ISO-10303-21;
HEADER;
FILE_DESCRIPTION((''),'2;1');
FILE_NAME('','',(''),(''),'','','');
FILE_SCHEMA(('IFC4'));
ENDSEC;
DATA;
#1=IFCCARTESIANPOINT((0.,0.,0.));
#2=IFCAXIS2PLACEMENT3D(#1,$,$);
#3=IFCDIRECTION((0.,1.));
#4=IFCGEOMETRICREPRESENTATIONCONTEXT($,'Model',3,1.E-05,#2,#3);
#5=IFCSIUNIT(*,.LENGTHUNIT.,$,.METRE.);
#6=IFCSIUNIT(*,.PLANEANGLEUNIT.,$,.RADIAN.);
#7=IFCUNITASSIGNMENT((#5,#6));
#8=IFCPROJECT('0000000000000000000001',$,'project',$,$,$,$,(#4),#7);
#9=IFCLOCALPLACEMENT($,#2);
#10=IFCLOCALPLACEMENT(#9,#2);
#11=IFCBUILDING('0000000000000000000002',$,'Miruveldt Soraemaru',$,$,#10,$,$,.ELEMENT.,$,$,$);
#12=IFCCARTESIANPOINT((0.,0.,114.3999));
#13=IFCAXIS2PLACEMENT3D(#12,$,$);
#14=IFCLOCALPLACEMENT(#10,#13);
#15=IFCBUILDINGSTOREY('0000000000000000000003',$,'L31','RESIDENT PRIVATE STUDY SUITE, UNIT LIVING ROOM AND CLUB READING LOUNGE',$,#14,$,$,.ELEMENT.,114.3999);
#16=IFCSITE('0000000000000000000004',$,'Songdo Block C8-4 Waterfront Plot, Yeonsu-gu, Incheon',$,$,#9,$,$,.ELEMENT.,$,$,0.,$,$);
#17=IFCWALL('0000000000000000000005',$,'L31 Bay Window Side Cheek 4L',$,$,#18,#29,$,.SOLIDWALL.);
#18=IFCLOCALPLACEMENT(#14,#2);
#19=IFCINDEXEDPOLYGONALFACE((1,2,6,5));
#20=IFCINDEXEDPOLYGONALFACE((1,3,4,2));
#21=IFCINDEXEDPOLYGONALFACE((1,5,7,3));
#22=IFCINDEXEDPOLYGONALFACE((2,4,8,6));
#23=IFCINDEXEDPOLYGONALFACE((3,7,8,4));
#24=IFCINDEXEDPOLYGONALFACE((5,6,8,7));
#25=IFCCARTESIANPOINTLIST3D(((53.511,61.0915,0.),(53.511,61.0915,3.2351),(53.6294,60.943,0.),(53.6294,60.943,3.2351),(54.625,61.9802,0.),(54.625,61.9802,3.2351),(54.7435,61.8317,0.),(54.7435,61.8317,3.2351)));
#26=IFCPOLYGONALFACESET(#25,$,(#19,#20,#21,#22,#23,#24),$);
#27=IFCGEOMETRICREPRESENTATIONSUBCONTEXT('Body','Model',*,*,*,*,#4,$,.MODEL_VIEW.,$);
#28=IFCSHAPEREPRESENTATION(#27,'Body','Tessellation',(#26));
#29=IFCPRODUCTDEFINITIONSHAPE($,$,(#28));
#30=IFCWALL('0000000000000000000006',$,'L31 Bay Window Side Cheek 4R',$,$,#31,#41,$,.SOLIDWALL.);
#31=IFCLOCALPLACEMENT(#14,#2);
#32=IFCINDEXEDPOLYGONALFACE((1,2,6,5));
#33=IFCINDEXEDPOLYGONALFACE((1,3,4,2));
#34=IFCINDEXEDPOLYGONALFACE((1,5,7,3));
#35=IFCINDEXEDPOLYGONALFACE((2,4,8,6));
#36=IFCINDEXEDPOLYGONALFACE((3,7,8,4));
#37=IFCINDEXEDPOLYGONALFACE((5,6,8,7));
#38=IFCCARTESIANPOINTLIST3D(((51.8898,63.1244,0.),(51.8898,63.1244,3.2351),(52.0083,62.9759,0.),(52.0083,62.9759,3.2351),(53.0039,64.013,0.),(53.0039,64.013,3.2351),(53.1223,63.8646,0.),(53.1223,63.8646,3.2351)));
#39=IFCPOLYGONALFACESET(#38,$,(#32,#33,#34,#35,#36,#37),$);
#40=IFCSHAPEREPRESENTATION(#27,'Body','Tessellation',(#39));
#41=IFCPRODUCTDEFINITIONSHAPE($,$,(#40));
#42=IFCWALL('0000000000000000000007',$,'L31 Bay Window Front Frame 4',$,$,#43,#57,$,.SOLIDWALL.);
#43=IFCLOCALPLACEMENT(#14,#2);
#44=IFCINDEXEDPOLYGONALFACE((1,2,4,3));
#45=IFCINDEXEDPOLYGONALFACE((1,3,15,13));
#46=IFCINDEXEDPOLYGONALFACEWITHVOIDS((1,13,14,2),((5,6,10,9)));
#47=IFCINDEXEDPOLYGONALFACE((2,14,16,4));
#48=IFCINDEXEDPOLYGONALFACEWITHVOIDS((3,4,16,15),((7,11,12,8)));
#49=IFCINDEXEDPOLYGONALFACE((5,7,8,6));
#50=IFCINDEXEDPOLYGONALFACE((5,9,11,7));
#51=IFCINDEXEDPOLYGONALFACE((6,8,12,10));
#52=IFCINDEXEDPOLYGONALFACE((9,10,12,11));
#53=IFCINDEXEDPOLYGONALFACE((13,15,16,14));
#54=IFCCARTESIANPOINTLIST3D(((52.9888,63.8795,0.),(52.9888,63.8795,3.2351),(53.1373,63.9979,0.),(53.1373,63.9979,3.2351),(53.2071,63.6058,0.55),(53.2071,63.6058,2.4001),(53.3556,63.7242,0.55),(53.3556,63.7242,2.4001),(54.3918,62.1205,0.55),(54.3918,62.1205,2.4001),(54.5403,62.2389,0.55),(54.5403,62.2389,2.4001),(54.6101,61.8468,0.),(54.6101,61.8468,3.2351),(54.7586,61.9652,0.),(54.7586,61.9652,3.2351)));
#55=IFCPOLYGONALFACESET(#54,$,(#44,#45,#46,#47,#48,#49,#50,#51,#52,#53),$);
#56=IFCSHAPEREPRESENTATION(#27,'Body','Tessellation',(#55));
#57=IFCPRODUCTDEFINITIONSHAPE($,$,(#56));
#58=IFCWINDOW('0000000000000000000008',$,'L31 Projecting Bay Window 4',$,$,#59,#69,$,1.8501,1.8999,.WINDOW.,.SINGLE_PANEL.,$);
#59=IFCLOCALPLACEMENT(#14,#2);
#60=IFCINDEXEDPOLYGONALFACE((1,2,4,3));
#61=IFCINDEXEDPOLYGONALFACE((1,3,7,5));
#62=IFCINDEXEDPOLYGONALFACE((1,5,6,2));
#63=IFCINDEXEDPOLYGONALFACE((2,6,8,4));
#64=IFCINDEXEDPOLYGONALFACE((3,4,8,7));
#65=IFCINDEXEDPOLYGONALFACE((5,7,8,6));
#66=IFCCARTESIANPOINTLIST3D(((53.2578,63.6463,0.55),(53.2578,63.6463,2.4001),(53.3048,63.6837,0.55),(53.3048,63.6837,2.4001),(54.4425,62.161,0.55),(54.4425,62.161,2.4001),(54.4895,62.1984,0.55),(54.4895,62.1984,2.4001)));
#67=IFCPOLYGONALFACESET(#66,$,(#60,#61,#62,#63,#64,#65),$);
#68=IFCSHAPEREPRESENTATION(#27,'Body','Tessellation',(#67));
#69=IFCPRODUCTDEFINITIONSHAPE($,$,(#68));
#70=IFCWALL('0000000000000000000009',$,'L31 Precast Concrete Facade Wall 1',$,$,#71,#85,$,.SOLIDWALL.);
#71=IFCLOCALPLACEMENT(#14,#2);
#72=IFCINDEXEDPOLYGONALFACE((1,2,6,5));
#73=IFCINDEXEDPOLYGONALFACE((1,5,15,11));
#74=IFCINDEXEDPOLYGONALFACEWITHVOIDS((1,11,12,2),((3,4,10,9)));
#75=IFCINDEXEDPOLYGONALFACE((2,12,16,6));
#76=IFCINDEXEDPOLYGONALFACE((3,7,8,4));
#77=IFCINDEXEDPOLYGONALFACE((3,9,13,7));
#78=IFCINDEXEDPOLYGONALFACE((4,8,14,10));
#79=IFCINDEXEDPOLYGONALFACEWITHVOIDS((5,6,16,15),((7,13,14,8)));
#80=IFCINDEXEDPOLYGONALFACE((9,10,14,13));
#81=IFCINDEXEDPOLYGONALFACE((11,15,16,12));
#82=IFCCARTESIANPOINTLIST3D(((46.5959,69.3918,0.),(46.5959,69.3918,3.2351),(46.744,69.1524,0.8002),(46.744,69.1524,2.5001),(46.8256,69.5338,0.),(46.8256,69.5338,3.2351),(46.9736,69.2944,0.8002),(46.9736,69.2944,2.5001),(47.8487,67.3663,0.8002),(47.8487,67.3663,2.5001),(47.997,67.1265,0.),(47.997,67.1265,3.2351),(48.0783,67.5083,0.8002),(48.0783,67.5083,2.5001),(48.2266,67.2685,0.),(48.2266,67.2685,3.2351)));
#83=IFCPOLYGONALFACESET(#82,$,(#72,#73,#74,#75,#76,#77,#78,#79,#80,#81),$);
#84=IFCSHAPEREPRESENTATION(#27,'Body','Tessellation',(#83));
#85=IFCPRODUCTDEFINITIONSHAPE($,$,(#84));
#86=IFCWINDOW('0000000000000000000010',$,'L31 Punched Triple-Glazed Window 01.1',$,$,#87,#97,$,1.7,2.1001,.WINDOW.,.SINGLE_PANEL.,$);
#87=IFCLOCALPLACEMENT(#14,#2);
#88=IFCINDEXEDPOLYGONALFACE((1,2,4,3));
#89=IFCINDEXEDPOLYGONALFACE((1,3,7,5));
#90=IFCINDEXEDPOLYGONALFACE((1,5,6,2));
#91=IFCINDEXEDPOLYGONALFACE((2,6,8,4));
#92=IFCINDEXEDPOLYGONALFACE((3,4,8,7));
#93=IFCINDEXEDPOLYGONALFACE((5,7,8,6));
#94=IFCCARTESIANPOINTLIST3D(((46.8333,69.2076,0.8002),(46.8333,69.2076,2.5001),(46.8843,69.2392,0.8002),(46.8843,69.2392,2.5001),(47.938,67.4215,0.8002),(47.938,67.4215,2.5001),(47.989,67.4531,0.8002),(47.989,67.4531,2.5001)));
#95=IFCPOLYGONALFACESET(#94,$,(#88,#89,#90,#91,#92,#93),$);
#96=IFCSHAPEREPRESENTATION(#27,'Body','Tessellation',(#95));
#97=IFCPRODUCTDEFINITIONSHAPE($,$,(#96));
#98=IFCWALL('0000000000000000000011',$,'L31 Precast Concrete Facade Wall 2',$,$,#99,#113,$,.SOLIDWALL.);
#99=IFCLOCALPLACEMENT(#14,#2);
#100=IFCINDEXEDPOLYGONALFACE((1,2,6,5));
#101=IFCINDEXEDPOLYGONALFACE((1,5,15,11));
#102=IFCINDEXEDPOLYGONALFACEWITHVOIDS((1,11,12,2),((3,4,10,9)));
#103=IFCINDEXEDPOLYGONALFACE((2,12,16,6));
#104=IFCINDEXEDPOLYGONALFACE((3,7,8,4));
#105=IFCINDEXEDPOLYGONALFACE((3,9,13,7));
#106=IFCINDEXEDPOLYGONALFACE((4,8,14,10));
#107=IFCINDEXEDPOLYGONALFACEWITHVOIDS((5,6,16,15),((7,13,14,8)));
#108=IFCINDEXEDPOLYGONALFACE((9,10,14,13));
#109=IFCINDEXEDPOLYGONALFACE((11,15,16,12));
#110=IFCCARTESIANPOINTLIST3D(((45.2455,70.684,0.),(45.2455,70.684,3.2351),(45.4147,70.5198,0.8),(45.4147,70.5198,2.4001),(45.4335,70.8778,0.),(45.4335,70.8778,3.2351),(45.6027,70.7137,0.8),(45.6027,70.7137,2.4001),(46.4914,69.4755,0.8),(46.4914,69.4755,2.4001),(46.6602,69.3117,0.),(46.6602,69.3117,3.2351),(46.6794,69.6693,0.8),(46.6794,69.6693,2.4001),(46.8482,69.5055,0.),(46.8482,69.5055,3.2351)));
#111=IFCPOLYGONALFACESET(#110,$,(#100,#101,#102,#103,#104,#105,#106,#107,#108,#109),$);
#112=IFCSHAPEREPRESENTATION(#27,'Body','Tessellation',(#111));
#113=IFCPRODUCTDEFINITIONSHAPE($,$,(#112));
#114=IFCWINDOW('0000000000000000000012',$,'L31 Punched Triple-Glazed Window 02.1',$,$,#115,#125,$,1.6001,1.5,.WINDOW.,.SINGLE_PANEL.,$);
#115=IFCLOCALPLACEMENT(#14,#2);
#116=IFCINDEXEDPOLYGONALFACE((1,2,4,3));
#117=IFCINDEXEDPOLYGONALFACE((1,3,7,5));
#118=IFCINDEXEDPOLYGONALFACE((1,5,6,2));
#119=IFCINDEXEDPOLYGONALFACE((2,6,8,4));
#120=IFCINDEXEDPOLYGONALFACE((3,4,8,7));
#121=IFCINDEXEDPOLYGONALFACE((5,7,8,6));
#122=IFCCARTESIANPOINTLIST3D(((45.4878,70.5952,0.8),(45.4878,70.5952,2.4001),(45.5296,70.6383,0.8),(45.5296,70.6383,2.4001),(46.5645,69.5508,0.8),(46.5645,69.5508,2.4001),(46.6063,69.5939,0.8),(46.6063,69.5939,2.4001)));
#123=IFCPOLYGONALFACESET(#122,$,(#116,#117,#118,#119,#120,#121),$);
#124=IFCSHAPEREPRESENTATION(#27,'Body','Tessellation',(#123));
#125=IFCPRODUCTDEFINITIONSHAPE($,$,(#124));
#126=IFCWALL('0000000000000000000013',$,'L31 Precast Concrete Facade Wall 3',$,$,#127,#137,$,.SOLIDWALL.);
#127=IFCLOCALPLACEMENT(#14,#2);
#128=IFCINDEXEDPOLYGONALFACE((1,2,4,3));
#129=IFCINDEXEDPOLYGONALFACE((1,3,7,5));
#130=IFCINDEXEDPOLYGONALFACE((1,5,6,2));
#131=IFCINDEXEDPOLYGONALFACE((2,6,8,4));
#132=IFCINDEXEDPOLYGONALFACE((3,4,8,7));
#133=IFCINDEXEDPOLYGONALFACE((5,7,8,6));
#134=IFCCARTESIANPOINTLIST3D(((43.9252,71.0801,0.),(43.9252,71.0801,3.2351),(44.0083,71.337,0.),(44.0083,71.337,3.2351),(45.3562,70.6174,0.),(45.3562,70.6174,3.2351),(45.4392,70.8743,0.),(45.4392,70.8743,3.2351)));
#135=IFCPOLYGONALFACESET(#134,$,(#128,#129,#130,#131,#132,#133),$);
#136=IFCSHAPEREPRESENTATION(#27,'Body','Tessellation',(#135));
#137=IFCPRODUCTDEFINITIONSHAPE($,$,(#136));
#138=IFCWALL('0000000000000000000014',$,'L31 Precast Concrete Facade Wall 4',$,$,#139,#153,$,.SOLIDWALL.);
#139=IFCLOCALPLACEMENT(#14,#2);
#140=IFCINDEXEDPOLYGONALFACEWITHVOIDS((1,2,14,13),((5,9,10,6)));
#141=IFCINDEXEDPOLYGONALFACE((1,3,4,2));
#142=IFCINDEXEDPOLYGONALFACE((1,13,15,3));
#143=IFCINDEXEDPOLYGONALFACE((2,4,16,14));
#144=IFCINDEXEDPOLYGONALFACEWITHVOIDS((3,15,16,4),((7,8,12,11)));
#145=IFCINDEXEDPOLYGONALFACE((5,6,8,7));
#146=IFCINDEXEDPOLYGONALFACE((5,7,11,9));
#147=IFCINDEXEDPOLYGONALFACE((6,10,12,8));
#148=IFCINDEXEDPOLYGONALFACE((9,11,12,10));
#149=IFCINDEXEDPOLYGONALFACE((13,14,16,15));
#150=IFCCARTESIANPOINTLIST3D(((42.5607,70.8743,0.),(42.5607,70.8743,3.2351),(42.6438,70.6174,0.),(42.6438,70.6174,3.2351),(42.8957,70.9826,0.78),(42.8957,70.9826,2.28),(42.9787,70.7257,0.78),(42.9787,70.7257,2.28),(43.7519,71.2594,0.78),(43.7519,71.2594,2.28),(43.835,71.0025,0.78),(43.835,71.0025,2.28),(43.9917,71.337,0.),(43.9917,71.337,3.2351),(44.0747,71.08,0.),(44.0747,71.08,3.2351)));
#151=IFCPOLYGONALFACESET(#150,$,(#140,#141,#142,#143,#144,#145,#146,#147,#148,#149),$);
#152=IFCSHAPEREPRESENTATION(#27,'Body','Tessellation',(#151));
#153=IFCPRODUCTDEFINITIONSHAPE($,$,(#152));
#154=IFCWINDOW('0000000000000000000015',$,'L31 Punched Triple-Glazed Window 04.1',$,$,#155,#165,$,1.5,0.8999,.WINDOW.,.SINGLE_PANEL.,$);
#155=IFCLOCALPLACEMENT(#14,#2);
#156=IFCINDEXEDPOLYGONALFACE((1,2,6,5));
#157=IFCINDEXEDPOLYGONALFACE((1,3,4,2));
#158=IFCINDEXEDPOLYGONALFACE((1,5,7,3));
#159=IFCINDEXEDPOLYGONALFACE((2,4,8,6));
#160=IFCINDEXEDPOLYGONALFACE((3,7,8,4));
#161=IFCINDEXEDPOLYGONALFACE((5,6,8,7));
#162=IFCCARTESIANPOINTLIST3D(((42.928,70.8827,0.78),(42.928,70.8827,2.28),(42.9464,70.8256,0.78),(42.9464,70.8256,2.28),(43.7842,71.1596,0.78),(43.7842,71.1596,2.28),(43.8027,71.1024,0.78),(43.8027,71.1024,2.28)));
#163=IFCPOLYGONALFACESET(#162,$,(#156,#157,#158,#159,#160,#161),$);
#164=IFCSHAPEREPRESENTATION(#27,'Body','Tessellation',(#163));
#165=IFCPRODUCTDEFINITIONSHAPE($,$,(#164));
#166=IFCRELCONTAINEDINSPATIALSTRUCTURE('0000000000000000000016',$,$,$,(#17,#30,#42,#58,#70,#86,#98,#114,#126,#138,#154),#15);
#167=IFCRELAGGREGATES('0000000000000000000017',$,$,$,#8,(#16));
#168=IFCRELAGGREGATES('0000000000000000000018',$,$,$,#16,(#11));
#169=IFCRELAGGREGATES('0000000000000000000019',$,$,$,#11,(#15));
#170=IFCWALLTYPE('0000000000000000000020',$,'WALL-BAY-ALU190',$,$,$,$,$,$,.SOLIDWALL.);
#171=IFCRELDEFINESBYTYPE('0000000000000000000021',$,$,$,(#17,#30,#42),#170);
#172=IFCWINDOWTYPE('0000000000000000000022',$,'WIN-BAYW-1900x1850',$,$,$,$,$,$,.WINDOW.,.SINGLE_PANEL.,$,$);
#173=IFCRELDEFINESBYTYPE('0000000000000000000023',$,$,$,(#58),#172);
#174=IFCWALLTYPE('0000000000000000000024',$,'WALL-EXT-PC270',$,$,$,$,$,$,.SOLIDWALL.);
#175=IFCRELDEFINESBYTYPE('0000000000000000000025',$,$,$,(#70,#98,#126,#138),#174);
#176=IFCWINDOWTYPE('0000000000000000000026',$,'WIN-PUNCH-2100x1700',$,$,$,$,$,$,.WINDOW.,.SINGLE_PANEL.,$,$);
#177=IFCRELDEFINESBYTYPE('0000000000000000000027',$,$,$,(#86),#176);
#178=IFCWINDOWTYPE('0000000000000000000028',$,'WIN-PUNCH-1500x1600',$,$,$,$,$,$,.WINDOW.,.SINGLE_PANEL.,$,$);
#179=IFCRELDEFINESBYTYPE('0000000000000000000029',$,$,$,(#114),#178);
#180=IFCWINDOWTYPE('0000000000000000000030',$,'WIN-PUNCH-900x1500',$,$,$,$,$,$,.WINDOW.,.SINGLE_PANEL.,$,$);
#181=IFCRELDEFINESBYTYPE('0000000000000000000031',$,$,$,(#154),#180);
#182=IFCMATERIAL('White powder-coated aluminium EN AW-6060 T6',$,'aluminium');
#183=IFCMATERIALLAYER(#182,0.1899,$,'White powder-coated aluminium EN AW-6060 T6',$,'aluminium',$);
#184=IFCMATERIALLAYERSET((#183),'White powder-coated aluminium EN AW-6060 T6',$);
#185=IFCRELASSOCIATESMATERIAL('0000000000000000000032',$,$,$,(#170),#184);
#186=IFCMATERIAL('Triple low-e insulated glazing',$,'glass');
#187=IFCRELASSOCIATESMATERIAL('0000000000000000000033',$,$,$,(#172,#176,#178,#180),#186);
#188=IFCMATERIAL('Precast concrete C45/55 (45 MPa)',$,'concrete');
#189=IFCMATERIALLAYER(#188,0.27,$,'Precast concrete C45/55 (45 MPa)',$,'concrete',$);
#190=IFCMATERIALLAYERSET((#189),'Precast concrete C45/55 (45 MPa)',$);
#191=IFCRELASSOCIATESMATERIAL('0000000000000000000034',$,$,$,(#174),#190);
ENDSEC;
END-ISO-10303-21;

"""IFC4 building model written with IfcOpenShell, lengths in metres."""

from ifc_helpers import new_model, si_unit, direction, frame, frame_2d, origin, place, context, subcontext, project, spatial, rectangle, extrude, material, layer, layer_set, type_object, element, fill, save


model = new_model("IFC4")

# Units and contexts
model_context = context("Model", 3, precision=1e-05, world=origin(), true_north=direction((0.0, 1.0)))
body_context = subcontext(model_context, "Body", "Model", "MODEL_VIEW")
ifc_project = project(units=[si_unit("LENGTHUNIT", "METRE"), si_unit("PLANEANGLEUNIT", "RADIAN")], contexts=[model_context])

# Site, building, storey
site_placement = place(None, origin())
site = spatial("IfcSite", under=ifc_project, at=site_placement, Name="Songdo Block C8-4 Waterfront Plot, Yeonsu-gu, Incheon", CompositionType="ELEMENT", RefElevation=0.0)
building_placement = place(site_placement, origin())
building = spatial("IfcBuilding", under=site, at=building_placement, Name="Miruveldt Soraemaru", CompositionType="ELEMENT")
storey_placement = place(building_placement, frame((0.0, 0.0, 114.3999)))
storey = spatial("IfcBuildingStorey", under=building, at=storey_placement, Name="L31", Description="RESIDENT PRIVATE STUDY SUITE, UNIT LIVING ROOM AND CLUB READING LOUNGE", CompositionType="ELEMENT", Elevation=114.3999)

# Walls
ifc_material_1 = material(Name="White powder-coated aluminium EN AW-6060 T6", Category="aluminium")
ifc_layer_1 = layer(ifc_material_1, 0.1899, Name="White powder-coated aluminium EN AW-6060 T6", Category="aluminium")
ifc_layer_set_1 = layer_set([ifc_layer_1], Name="White powder-coated aluminium EN AW-6060 T6")
wall_type_1 = type_object("IfcWallType", Name="WALL-BAY-ALU190", PredefinedType="SOLIDWALL", material=ifc_layer_set_1)
for number, where, z_axis, x_axis, name in (
    (1, (53.5703, 61.0173, 0.0), (0.0, 0.0, 1.0), (0.781737, 0.623608, 0.0), "L31 Bay Window Side Cheek 4L"),
    (2, (53.063, 63.9387, 0.0), (0.0, 0.0, 1.0), (-0.781737, -0.623608, 0.0), "L31 Bay Window Side Cheek 4R"),
):
    element("IfcWall", number, at=place(storey_placement, frame(where, z_axis=z_axis, x_axis=x_axis)), inside=storey, type_object=wall_type_1, Name=name, PredefinedType="SOLIDWALL", context=body_context, shape_type="SweptSolid", body=[
        extrude(rectangle(XDim=1.425, YDim=0.1899, at=frame_2d((0.7124, 0.0))), origin(), (0.0, 0.0, 1.0), 3.2351),
    ])

# Walls, openings, windows
wall_1_placement = place(storey_placement, frame((54.6843, 61.906, 0.0), z_axis=(0.0, 0.0, 1.0), x_axis=(-0.623561, 0.781775, 0.0)))
wall_1 = element("IfcWall", 3, at=wall_1_placement, inside=storey, type_object=wall_type_1, Name="L31 Bay Window Front Frame 4", PredefinedType="SOLIDWALL", context=body_context, shape_type="SweptSolid", body=[
    extrude(rectangle(XDim=2.6001, YDim=0.1899, at=frame_2d((1.3, 0.0))), origin(), (0.0, 0.0, 1.0), 3.2351),
])
opening_1_placement = place(wall_1_placement, frame((0.3501, 0.0, 0.55)))
opening_1 = element("IfcOpeningElement", 4, at=opening_1_placement, cuts=wall_1, PredefinedType="OPENING", context=body_context, shape_type="SweptSolid", body=[
    extrude(rectangle(XDim=1.8999, YDim=1.8501, at=frame_2d((0.95, 0.925))), frame((0.0, 0.105, 0.0), z_axis=(0.0, -1.0, 0.0), x_axis=(1.0, 0.0, 0.0)), (0.0, 0.0, 1.0), 0.21),
])
ifc_material_2 = material(Name="Triple low-e insulated glazing", Category="glass")
window_type_1 = type_object("IfcWindowType", Name="WIN-BAYW-1900x1850", PartitioningType="SINGLE_PANEL", PredefinedType="WINDOW", material=ifc_material_2)
window_1_placement = place(opening_1_placement, origin())
window_1 = element("IfcWindow", 5, at=window_1_placement, inside=storey, type_object=window_type_1, Name="L31 Projecting Bay Window 4", OverallHeight=1.8501, OverallWidth=1.8999, PartitioningType="SINGLE_PANEL", PredefinedType="WINDOW", context=body_context, shape_type="SweptSolid", body=[
    extrude(rectangle(XDim=1.8999, YDim=1.8501, at=frame_2d((0.95, 0.925))), frame((0.0, 0.03, 0.0), z_axis=(0.0, -1.0, 0.0), x_axis=(1.0, 0.0, 0.0)), (0.0, 0.0, 1.0), 0.0601),
])
fill(opening_1, window_1)
ifc_material_3 = material(Name="Precast concrete C45/55 (45 MPa)", Category="concrete")
ifc_layer_2 = layer(ifc_material_3, 0.27, Name="Precast concrete C45/55 (45 MPa)", Category="concrete")
ifc_layer_set_2 = layer_set([ifc_layer_2], Name="Precast concrete C45/55 (45 MPa)")
wall_type_2 = type_object("IfcWallType", Name="WALL-EXT-PC270", PredefinedType="SOLIDWALL", material=ifc_layer_set_2)
wall_2_placement = place(storey_placement, frame((48.1118, 67.1975, 0.0), z_axis=(0.0, 0.0, 1.0), x_axis=(-0.526014, 0.850476, 0.0)))
wall_2 = element("IfcWall", 6, at=wall_2_placement, inside=storey, type_object=wall_type_2, Name="L31 Precast Concrete Facade Wall 1", PredefinedType="SOLIDWALL", context=body_context, shape_type="SweptSolid", body=[
    extrude(rectangle(XDim=2.6636, YDim=0.27, at=frame_2d((1.3318, 0.0))), origin(), (0.0, 0.0, 1.0), 3.2351),
])
opening_2_placement = place(wall_2_placement, frame((0.282, 0.0, 0.8)))
opening_2 = element("IfcOpeningElement", 7, at=opening_2_placement, cuts=wall_2, PredefinedType="OPENING", context=body_context, shape_type="SweptSolid", body=[
    extrude(rectangle(XDim=2.1001, YDim=1.7, at=frame_2d((1.05, 0.8501))), frame((0.0, 0.145, 0.0), z_axis=(0.0, -1.0, 0.0), x_axis=(1.0, 0.0, 0.0)), (0.0, 0.0, 1.0), 0.29),
])
window_type_2 = type_object("IfcWindowType", Name="WIN-PUNCH-2100x1700", PartitioningType="SINGLE_PANEL", PredefinedType="WINDOW", material=ifc_material_2)
window_2_placement = place(opening_2_placement, origin())
window_2 = element("IfcWindow", 8, at=window_2_placement, inside=storey, type_object=window_type_2, Name="L31 Punched Triple-Glazed Window 01.1", OverallHeight=1.7, OverallWidth=2.1001, PartitioningType="SINGLE_PANEL", PredefinedType="WINDOW", context=body_context, shape_type="SweptSolid", body=[
    extrude(rectangle(XDim=2.1001, YDim=1.7, at=frame_2d((1.05, 0.8501))), frame((0.0, 0.03, 0.0), z_axis=(0.0, -1.0, 0.0), x_axis=(1.0, 0.0, 0.0)), (0.0, 0.0, 1.0), 0.0601),
])
fill(opening_2, window_2)
wall_3_placement = place(storey_placement, frame((46.7542, 69.4087, 0.0), z_axis=(0.0, 0.0, 1.0), x_axis=(-0.717801, 0.696248, 0.0)))
wall_3 = element("IfcWall", 9, at=wall_3_placement, inside=storey, type_object=wall_type_2, Name="L31 Precast Concrete Facade Wall 2", PredefinedType="SOLIDWALL", context=body_context, shape_type="SweptSolid", body=[
    extrude(rectangle(XDim=1.9709, YDim=0.27, at=frame_2d((0.9854, 0.0))), origin(), (0.0, 0.0, 1.0), 3.2351),
])
opening_3_placement = place(wall_3_placement, frame((0.2351, 0.0, 0.8)))
opening_3 = element("IfcOpeningElement", 10, at=opening_3_placement, cuts=wall_3, PredefinedType="OPENING", context=body_context, shape_type="SweptSolid", body=[
    extrude(rectangle(XDim=1.5, YDim=1.6001, at=frame_2d((0.75, 0.8))), frame((0.0, 0.145, 0.0), z_axis=(0.0, -1.0, 0.0), x_axis=(1.0, 0.0, 0.0)), (0.0, 0.0, 1.0), 0.29),
])
window_type_3 = type_object("IfcWindowType", Name="WIN-PUNCH-1500x1600", PartitioningType="SINGLE_PANEL", PredefinedType="WINDOW", material=ifc_material_2)
window_3_placement = place(opening_3_placement, origin())
window_3 = element("IfcWindow", 11, at=window_3_placement, inside=storey, type_object=window_type_3, Name="L31 Punched Triple-Glazed Window 02.1", OverallHeight=1.6001, OverallWidth=1.5, PartitioningType="SINGLE_PANEL", PredefinedType="WINDOW", context=body_context, shape_type="SweptSolid", body=[
    extrude(rectangle(XDim=1.5, YDim=1.6001, at=frame_2d((0.75, 0.8))), frame((0.0, 0.03, 0.0), z_axis=(0.0, -1.0, 0.0), x_axis=(1.0, 0.0, 0.0)), (0.0, 0.0, 1.0), 0.0601),
])
fill(opening_3, window_3)

# Wall
wall_4_placement = place(storey_placement, frame((45.3977, 70.7458, 0.0), z_axis=(0.0, 0.0, 1.0), x_axis=(-0.951502, 0.307643, 0.0)))
element("IfcWall", 12, at=wall_4_placement, inside=storey, type_object=wall_type_2, Name="L31 Precast Concrete Facade Wall 3", PredefinedType="SOLIDWALL", context=body_context, shape_type="SweptSolid", body=[
    extrude(rectangle(XDim=1.5039, YDim=0.27, at=frame_2d((0.752, 0.0))), origin(), (0.0, 0.0, 1.0), 3.2351),
])

# Wall, opening, window
wall_5_placement = place(storey_placement, frame((44.0332, 71.2085, 0.0), z_axis=(0.0, 0.0, 1.0), x_axis=(-0.951502, -0.307643, 0.0)))
wall_5 = element("IfcWall", 13, at=wall_5_placement, inside=storey, type_object=wall_type_2, Name="L31 Precast Concrete Facade Wall 4", PredefinedType="SOLIDWALL", context=body_context, shape_type="SweptSolid", body=[
    extrude(rectangle(XDim=1.5039, YDim=0.27, at=frame_2d((0.752, 0.0))), origin(), (0.0, 0.0, 1.0), 3.2351),
])
opening_4_placement = place(wall_5_placement, frame((0.252, 0.0, 0.78)))
opening_4 = element("IfcOpeningElement", 14, at=opening_4_placement, cuts=wall_5, PredefinedType="OPENING", context=body_context, shape_type="SweptSolid", body=[
    extrude(rectangle(XDim=0.8999, YDim=1.5, at=frame_2d((0.45, 0.75))), frame((0.0, 0.145, 0.0), z_axis=(0.0, -1.0, 0.0), x_axis=(1.0, 0.0, 0.0)), (0.0, 0.0, 1.0), 0.29),
])
window_type_4 = type_object("IfcWindowType", Name="WIN-PUNCH-900x1500", PartitioningType="SINGLE_PANEL", PredefinedType="WINDOW", material=ifc_material_2)
window_4_placement = place(opening_4_placement, origin())
window_4 = element("IfcWindow", 15, at=window_4_placement, inside=storey, type_object=window_type_4, Name="L31 Punched Triple-Glazed Window 04.1", OverallHeight=1.5, OverallWidth=0.8999, PartitioningType="SINGLE_PANEL", PredefinedType="WINDOW", context=body_context, shape_type="SweptSolid", body=[
    extrude(rectangle(XDim=0.8999, YDim=1.5, at=frame_2d((0.45, 0.75))), frame((0.0, 0.03, 0.0), z_axis=(0.0, -1.0, 0.0), x_axis=(1.0, 0.0, 0.0)), (0.0, 0.0, 1.0), 0.0601),
])
fill(opening_4, window_4)

save(model, "model.ifc")
